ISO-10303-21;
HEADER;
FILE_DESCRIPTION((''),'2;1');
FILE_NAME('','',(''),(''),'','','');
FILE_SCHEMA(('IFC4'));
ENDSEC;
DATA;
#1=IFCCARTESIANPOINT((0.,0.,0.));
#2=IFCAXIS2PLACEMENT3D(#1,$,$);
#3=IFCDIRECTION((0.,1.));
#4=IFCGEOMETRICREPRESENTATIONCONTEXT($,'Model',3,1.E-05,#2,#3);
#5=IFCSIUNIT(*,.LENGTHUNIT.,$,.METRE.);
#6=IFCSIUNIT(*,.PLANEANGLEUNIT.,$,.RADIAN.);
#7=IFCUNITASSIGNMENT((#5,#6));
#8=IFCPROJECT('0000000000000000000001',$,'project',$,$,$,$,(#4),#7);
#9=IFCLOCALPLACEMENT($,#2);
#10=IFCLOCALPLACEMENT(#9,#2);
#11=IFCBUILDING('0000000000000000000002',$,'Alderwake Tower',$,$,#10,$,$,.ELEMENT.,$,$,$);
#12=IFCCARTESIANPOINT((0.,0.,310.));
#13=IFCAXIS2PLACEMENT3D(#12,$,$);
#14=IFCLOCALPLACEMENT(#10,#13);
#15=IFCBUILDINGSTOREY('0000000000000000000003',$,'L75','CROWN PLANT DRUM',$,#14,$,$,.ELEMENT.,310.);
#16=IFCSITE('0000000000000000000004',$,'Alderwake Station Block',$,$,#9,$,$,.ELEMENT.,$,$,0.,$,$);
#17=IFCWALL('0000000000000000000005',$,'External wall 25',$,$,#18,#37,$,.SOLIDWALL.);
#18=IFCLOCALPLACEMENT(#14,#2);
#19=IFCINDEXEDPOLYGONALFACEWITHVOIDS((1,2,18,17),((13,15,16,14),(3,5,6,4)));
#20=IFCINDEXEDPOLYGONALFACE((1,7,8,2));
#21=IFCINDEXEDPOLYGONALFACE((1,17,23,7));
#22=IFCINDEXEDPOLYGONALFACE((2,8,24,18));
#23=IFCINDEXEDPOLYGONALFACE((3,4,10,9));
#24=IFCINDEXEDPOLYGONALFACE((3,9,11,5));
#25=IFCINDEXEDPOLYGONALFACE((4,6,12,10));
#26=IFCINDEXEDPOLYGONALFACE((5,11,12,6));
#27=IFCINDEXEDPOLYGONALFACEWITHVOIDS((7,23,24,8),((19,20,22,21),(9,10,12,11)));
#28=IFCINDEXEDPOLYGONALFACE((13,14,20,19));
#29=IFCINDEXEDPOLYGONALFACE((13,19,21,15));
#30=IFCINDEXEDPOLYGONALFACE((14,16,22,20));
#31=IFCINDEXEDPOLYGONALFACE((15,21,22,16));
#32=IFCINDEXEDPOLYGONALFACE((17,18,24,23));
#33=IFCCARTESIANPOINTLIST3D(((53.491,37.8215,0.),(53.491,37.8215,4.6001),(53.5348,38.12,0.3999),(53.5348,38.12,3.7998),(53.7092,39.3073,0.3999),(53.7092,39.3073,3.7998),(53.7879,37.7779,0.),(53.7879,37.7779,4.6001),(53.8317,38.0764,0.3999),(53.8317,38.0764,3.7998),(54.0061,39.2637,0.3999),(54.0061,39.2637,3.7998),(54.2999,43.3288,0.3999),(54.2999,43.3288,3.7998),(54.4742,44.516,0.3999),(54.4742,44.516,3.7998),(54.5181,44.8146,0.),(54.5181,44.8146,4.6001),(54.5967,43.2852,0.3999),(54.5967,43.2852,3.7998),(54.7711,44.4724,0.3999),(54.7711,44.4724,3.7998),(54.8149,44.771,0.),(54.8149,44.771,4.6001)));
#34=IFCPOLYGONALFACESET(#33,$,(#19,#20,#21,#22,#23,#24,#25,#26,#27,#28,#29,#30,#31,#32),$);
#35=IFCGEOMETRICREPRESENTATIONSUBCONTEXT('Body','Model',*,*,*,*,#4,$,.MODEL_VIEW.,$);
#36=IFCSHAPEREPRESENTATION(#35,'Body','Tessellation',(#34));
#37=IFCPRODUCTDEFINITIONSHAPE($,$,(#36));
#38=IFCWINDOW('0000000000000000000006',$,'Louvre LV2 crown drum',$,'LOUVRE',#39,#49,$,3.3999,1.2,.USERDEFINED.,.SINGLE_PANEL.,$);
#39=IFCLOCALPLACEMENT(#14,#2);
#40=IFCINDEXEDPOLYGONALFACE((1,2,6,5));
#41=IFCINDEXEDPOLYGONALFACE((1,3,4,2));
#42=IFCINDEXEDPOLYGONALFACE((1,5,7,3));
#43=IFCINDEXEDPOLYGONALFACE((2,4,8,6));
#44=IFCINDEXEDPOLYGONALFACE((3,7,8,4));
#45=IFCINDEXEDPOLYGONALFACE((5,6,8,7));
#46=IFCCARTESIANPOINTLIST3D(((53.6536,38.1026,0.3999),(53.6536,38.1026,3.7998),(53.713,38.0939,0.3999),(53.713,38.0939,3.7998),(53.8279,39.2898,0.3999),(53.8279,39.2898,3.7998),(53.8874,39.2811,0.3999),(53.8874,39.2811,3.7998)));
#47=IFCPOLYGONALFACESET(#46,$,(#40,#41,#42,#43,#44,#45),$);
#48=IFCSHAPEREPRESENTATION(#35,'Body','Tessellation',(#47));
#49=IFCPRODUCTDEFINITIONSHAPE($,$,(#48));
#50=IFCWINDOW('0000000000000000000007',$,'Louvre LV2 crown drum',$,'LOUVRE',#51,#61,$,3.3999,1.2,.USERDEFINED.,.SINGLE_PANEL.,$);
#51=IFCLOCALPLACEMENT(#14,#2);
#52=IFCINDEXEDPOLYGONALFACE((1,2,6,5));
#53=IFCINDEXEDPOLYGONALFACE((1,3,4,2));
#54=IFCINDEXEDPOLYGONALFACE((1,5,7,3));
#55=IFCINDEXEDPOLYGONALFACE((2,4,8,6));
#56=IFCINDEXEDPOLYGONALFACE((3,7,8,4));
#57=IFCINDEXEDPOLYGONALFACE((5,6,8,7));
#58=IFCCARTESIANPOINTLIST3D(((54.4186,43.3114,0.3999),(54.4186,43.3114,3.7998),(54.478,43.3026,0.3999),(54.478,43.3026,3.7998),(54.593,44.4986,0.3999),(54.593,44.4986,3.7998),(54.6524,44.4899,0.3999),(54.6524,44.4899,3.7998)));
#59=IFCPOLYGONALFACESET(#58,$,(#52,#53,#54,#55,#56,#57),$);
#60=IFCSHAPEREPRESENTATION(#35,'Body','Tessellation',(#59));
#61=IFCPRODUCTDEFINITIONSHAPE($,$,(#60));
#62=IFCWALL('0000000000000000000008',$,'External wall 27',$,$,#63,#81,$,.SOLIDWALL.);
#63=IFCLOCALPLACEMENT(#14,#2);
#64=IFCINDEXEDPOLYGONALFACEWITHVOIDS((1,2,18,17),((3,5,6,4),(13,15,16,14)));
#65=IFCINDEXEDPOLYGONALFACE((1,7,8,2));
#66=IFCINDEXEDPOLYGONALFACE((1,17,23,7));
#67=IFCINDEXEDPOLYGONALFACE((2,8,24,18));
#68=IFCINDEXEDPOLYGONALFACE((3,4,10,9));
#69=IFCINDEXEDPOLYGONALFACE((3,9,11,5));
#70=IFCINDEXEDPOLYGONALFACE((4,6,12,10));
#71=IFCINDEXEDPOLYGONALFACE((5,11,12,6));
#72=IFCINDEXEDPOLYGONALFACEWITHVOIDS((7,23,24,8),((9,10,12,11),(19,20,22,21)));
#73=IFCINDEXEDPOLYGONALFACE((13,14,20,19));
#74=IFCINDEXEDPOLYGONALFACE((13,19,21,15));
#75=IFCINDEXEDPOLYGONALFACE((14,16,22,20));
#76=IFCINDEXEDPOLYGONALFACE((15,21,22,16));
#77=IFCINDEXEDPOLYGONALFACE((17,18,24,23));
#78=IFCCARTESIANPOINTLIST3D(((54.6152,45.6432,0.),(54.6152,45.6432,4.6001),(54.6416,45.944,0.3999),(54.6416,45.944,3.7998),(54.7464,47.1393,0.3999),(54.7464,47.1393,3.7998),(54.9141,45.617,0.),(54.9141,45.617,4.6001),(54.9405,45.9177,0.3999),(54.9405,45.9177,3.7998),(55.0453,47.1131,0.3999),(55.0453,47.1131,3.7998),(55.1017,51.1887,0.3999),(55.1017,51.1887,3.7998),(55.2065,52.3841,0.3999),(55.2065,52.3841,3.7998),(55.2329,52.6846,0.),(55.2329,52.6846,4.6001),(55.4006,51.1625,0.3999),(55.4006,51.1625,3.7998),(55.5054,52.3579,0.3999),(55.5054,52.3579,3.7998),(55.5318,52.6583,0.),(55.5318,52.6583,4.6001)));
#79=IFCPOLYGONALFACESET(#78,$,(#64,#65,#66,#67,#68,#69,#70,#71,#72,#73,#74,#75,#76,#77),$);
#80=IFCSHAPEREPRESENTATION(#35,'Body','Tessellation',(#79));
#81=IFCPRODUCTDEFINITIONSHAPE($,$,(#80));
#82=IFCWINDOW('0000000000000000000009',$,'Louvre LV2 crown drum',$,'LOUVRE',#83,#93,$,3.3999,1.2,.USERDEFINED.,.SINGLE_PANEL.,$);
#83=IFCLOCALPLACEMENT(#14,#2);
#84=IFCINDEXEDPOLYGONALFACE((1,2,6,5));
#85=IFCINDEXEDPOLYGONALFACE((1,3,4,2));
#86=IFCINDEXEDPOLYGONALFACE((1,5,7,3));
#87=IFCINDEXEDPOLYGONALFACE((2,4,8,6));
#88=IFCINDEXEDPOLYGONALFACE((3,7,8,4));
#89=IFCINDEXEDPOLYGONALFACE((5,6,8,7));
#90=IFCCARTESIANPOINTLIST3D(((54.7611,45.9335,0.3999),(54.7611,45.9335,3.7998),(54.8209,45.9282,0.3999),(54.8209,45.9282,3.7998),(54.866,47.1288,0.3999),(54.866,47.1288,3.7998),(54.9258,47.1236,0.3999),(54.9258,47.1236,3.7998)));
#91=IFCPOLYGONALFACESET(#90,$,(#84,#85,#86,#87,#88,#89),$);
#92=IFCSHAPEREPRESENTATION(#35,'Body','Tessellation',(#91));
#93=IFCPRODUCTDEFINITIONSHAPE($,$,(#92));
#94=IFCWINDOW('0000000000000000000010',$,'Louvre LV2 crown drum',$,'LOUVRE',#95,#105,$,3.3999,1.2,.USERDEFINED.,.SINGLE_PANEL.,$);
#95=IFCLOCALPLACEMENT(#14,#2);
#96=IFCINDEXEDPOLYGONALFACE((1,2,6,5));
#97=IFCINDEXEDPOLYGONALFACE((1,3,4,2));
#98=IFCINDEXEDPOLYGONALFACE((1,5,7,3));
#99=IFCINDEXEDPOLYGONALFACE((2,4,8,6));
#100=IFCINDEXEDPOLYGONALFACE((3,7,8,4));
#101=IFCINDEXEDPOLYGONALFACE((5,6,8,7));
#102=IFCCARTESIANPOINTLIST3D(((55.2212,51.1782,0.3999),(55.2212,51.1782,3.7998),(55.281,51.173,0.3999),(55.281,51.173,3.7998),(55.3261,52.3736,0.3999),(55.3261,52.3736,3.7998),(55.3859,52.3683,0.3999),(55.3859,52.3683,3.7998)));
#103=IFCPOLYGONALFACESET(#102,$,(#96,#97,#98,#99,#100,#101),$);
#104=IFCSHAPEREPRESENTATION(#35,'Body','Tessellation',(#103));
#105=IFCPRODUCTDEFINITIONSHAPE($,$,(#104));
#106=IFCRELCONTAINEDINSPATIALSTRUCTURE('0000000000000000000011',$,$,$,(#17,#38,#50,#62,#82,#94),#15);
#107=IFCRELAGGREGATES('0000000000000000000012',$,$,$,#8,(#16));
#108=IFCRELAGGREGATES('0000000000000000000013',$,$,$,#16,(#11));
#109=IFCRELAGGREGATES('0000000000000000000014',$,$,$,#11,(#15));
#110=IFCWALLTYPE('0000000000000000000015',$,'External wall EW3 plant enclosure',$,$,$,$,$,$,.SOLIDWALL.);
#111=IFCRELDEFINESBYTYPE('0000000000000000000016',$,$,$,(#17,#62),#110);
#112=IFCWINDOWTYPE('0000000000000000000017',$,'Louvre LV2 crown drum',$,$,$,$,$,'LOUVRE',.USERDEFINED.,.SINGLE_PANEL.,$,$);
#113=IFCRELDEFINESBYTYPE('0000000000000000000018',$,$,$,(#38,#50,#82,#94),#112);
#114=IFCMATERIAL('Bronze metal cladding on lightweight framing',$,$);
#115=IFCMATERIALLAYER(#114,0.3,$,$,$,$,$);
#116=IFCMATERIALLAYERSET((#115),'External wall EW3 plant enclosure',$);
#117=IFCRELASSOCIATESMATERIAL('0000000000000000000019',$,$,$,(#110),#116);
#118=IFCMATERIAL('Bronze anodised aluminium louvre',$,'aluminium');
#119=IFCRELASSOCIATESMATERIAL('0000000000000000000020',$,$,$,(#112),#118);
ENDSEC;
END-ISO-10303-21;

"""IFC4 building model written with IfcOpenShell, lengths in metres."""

from ifc_helpers import new_model, si_unit, direction, frame, frame_2d, origin, place, context, subcontext, project, spatial, rectangle, extrude, material, layer, layer_set, type_object, element, fill, save


model = new_model("IFC4")

# Units and contexts
model_context = context("Model", 3, precision=1e-05, world=origin(), true_north=direction((0.0, 1.0)))
body_context = subcontext(model_context, "Body", "Model", "MODEL_VIEW")
ifc_project = project(units=[si_unit("LENGTHUNIT", "METRE"), si_unit("PLANEANGLEUNIT", "RADIAN")], contexts=[model_context])

# Site, building, storey
site_placement = place(None, origin())
site = spatial("IfcSite", under=ifc_project, at=site_placement, Name="Alderwake Station Block", CompositionType="ELEMENT", RefElevation=0.0)
building_placement = place(site_placement, origin())
building = spatial("IfcBuilding", under=site, at=building_placement, Name="Alderwake Tower", CompositionType="ELEMENT")
storey_placement = place(building_placement, frame((0.0, 0.0, 310.0)))
storey = spatial("IfcBuildingStorey", under=building, at=storey_placement, Name="L75", Description="CROWN PLANT DRUM", CompositionType="ELEMENT", Elevation=310.0)

# Walls, openings, windows
ifc_material_1 = material(Name="Bronze metal cladding on lightweight framing")
ifc_layer_1 = layer(ifc_material_1, 0.3)
ifc_layer_set_1 = layer_set([ifc_layer_1], Name="External wall EW3 plant enclosure")
wall_type_1 = type_object("IfcWallType", Name="External wall EW3 plant enclosure", PredefinedType="SOLIDWALL", material=ifc_layer_set_1)
wall_1_placement = place(storey_placement, frame((53.6394, 37.7996, 0.0), z_axis=(0.0, 0.0, 1.0), x_axis=(0.145313, 0.989386, 0.0)))
wall_1 = element("IfcWall", 1, at=wall_1_placement, inside=storey, type_object=wall_type_1, Name="External wall 25", PredefinedType="SOLIDWALL", context=body_context, shape_type="SweptSolid", body=[
    extrude(rectangle(XDim=7.0681, YDim=0.3, at=frame_2d((3.5342, 0.0))), origin(), (0.0, 0.0, 1.0), 4.6001),
])
opening_1_placement = place(wall_1_placement, frame((0.3018, 0.0, 0.3999)))
opening_1 = element("IfcOpeningElement", 2, at=opening_1_placement, cuts=wall_1, PredefinedType="OPENING", context=body_context, shape_type="SweptSolid", body=[
    extrude(rectangle(XDim=1.2, YDim=3.3999, at=frame_2d((0.6001, 1.7))), frame((0.0, 0.1599, 0.0), z_axis=(0.0, -1.0, 0.0), x_axis=(1.0, 0.0, 0.0)), (0.0, 0.0, 1.0), 0.3201),
])
opening_2_placement = place(wall_1_placement, frame((5.5664, 0.0, 0.3999)))
opening_2 = element("IfcOpeningElement", 3, at=opening_2_placement, cuts=wall_1, PredefinedType="OPENING", context=body_context, shape_type="SweptSolid", body=[
    extrude(rectangle(XDim=1.2, YDim=3.3999, at=frame_2d((0.6001, 1.7))), frame((0.0, 0.1599, 0.0), z_axis=(0.0, -1.0, 0.0), x_axis=(1.0, 0.0, 0.0)), (0.0, 0.0, 1.0), 0.3201),
])
ifc_material_2 = material(Name="Bronze anodised aluminium louvre", Category="aluminium")
window_type = type_object("IfcWindowType", Name="Louvre LV2 crown drum", ElementType="LOUVRE", PartitioningType="SINGLE_PANEL", PredefinedType="USERDEFINED", material=ifc_material_2)
window_1_placement = place(opening_1_placement, origin())
window_1 = element("IfcWindow", 4, at=window_1_placement, inside=storey, type_object=window_type, Name="Louvre LV2 crown drum", ObjectType="LOUVRE", OverallHeight=3.3999, OverallWidth=1.2, PartitioningType="SINGLE_PANEL", PredefinedType="USERDEFINED", context=body_context, shape_type="SweptSolid", body=[
    extrude(rectangle(XDim=1.2, YDim=3.3999, at=frame_2d((0.6001, 1.7))), frame((0.0, 0.03, 0.0), z_axis=(0.0, -1.0, 0.0), x_axis=(1.0, 0.0, 0.0)), (0.0, 0.0, 1.0), 0.0601),
])
fill(opening_1, window_1)
window_2_placement = place(opening_2_placement, origin())
window_2 = element("IfcWindow", 5, at=window_2_placement, inside=storey, type_object=window_type, Name="Louvre LV2 crown drum", ObjectType="LOUVRE", OverallHeight=3.3999, OverallWidth=1.2, PartitioningType="SINGLE_PANEL", PredefinedType="USERDEFINED", context=body_context, shape_type="SweptSolid", body=[
    extrude(rectangle(XDim=1.2, YDim=3.3999, at=frame_2d((0.6001, 1.7))), frame((0.0, 0.03, 0.0), z_axis=(0.0, -1.0, 0.0), x_axis=(1.0, 0.0, 0.0)), (0.0, 0.0, 1.0), 0.0601),
])
fill(opening_2, window_2)
wall_2_placement = place(storey_placement, frame((54.7646, 45.6301, 0.0), z_axis=(0.0, 0.0, 1.0), x_axis=(0.087387, 0.996174, 0.0)))
wall_2 = element("IfcWall", 6, at=wall_2_placement, inside=storey, type_object=wall_type_1, Name="External wall 27", PredefinedType="SOLIDWALL", context=body_context, shape_type="SweptSolid", body=[
    extrude(rectangle(XDim=7.0684, YDim=0.3, at=frame_2d((3.5342, 0.0))), origin(), (0.0, 0.0, 1.0), 4.6001),
])
opening_3_placement = place(wall_2_placement, frame((0.3018, 0.0, 0.3999)))
opening_3 = element("IfcOpeningElement", 7, at=opening_3_placement, cuts=wall_2, PredefinedType="OPENING", context=body_context, shape_type="SweptSolid", body=[
    extrude(rectangle(XDim=1.2, YDim=3.3999, at=frame_2d((0.6001, 1.7))), frame((0.0, 0.1599, 0.0), z_axis=(0.0, -1.0, 0.0), x_axis=(1.0, 0.0, 0.0)), (0.0, 0.0, 1.0), 0.3201),
])
opening_4_placement = place(wall_2_placement, frame((5.5667, 0.0, 0.3999)))
opening_4 = element("IfcOpeningElement", 8, at=opening_4_placement, cuts=wall_2, PredefinedType="OPENING", context=body_context, shape_type="SweptSolid", body=[
    extrude(rectangle(XDim=1.2, YDim=3.3999, at=frame_2d((0.6001, 1.7))), frame((0.0, 0.1599, 0.0), z_axis=(0.0, -1.0, 0.0), x_axis=(1.0, 0.0, 0.0)), (0.0, 0.0, 1.0), 0.3201),
])
window_3_placement = place(opening_3_placement, origin())
window_3 = element("IfcWindow", 9, at=window_3_placement, inside=storey, type_object=window_type, Name="Louvre LV2 crown drum", ObjectType="LOUVRE", OverallHeight=3.3999, OverallWidth=1.2, PartitioningType="SINGLE_PANEL", PredefinedType="USERDEFINED", context=body_context, shape_type="SweptSolid", body=[
    extrude(rectangle(XDim=1.2, YDim=3.3999, at=frame_2d((0.6001, 1.7))), frame((0.0, 0.03, 0.0), z_axis=(0.0, -1.0, 0.0), x_axis=(1.0, 0.0, 0.0)), (0.0, 0.0, 1.0), 0.0601),
])
fill(opening_3, window_3)
window_4_placement = place(opening_4_placement, origin())
window_4 = element("IfcWindow", 10, at=window_4_placement, inside=storey, type_object=window_type, Name="Louvre LV2 crown drum", ObjectType="LOUVRE", OverallHeight=3.3999, OverallWidth=1.2, PartitioningType="SINGLE_PANEL", PredefinedType="USERDEFINED", context=body_context, shape_type="SweptSolid", body=[
    extrude(rectangle(XDim=1.2, YDim=3.3999, at=frame_2d((0.6001, 1.7))), frame((0.0, 0.03, 0.0), z_axis=(0.0, -1.0, 0.0), x_axis=(1.0, 0.0, 0.0)), (0.0, 0.0, 1.0), 0.0601),
])
fill(opening_4, window_4)

save(model, "model.ifc")
